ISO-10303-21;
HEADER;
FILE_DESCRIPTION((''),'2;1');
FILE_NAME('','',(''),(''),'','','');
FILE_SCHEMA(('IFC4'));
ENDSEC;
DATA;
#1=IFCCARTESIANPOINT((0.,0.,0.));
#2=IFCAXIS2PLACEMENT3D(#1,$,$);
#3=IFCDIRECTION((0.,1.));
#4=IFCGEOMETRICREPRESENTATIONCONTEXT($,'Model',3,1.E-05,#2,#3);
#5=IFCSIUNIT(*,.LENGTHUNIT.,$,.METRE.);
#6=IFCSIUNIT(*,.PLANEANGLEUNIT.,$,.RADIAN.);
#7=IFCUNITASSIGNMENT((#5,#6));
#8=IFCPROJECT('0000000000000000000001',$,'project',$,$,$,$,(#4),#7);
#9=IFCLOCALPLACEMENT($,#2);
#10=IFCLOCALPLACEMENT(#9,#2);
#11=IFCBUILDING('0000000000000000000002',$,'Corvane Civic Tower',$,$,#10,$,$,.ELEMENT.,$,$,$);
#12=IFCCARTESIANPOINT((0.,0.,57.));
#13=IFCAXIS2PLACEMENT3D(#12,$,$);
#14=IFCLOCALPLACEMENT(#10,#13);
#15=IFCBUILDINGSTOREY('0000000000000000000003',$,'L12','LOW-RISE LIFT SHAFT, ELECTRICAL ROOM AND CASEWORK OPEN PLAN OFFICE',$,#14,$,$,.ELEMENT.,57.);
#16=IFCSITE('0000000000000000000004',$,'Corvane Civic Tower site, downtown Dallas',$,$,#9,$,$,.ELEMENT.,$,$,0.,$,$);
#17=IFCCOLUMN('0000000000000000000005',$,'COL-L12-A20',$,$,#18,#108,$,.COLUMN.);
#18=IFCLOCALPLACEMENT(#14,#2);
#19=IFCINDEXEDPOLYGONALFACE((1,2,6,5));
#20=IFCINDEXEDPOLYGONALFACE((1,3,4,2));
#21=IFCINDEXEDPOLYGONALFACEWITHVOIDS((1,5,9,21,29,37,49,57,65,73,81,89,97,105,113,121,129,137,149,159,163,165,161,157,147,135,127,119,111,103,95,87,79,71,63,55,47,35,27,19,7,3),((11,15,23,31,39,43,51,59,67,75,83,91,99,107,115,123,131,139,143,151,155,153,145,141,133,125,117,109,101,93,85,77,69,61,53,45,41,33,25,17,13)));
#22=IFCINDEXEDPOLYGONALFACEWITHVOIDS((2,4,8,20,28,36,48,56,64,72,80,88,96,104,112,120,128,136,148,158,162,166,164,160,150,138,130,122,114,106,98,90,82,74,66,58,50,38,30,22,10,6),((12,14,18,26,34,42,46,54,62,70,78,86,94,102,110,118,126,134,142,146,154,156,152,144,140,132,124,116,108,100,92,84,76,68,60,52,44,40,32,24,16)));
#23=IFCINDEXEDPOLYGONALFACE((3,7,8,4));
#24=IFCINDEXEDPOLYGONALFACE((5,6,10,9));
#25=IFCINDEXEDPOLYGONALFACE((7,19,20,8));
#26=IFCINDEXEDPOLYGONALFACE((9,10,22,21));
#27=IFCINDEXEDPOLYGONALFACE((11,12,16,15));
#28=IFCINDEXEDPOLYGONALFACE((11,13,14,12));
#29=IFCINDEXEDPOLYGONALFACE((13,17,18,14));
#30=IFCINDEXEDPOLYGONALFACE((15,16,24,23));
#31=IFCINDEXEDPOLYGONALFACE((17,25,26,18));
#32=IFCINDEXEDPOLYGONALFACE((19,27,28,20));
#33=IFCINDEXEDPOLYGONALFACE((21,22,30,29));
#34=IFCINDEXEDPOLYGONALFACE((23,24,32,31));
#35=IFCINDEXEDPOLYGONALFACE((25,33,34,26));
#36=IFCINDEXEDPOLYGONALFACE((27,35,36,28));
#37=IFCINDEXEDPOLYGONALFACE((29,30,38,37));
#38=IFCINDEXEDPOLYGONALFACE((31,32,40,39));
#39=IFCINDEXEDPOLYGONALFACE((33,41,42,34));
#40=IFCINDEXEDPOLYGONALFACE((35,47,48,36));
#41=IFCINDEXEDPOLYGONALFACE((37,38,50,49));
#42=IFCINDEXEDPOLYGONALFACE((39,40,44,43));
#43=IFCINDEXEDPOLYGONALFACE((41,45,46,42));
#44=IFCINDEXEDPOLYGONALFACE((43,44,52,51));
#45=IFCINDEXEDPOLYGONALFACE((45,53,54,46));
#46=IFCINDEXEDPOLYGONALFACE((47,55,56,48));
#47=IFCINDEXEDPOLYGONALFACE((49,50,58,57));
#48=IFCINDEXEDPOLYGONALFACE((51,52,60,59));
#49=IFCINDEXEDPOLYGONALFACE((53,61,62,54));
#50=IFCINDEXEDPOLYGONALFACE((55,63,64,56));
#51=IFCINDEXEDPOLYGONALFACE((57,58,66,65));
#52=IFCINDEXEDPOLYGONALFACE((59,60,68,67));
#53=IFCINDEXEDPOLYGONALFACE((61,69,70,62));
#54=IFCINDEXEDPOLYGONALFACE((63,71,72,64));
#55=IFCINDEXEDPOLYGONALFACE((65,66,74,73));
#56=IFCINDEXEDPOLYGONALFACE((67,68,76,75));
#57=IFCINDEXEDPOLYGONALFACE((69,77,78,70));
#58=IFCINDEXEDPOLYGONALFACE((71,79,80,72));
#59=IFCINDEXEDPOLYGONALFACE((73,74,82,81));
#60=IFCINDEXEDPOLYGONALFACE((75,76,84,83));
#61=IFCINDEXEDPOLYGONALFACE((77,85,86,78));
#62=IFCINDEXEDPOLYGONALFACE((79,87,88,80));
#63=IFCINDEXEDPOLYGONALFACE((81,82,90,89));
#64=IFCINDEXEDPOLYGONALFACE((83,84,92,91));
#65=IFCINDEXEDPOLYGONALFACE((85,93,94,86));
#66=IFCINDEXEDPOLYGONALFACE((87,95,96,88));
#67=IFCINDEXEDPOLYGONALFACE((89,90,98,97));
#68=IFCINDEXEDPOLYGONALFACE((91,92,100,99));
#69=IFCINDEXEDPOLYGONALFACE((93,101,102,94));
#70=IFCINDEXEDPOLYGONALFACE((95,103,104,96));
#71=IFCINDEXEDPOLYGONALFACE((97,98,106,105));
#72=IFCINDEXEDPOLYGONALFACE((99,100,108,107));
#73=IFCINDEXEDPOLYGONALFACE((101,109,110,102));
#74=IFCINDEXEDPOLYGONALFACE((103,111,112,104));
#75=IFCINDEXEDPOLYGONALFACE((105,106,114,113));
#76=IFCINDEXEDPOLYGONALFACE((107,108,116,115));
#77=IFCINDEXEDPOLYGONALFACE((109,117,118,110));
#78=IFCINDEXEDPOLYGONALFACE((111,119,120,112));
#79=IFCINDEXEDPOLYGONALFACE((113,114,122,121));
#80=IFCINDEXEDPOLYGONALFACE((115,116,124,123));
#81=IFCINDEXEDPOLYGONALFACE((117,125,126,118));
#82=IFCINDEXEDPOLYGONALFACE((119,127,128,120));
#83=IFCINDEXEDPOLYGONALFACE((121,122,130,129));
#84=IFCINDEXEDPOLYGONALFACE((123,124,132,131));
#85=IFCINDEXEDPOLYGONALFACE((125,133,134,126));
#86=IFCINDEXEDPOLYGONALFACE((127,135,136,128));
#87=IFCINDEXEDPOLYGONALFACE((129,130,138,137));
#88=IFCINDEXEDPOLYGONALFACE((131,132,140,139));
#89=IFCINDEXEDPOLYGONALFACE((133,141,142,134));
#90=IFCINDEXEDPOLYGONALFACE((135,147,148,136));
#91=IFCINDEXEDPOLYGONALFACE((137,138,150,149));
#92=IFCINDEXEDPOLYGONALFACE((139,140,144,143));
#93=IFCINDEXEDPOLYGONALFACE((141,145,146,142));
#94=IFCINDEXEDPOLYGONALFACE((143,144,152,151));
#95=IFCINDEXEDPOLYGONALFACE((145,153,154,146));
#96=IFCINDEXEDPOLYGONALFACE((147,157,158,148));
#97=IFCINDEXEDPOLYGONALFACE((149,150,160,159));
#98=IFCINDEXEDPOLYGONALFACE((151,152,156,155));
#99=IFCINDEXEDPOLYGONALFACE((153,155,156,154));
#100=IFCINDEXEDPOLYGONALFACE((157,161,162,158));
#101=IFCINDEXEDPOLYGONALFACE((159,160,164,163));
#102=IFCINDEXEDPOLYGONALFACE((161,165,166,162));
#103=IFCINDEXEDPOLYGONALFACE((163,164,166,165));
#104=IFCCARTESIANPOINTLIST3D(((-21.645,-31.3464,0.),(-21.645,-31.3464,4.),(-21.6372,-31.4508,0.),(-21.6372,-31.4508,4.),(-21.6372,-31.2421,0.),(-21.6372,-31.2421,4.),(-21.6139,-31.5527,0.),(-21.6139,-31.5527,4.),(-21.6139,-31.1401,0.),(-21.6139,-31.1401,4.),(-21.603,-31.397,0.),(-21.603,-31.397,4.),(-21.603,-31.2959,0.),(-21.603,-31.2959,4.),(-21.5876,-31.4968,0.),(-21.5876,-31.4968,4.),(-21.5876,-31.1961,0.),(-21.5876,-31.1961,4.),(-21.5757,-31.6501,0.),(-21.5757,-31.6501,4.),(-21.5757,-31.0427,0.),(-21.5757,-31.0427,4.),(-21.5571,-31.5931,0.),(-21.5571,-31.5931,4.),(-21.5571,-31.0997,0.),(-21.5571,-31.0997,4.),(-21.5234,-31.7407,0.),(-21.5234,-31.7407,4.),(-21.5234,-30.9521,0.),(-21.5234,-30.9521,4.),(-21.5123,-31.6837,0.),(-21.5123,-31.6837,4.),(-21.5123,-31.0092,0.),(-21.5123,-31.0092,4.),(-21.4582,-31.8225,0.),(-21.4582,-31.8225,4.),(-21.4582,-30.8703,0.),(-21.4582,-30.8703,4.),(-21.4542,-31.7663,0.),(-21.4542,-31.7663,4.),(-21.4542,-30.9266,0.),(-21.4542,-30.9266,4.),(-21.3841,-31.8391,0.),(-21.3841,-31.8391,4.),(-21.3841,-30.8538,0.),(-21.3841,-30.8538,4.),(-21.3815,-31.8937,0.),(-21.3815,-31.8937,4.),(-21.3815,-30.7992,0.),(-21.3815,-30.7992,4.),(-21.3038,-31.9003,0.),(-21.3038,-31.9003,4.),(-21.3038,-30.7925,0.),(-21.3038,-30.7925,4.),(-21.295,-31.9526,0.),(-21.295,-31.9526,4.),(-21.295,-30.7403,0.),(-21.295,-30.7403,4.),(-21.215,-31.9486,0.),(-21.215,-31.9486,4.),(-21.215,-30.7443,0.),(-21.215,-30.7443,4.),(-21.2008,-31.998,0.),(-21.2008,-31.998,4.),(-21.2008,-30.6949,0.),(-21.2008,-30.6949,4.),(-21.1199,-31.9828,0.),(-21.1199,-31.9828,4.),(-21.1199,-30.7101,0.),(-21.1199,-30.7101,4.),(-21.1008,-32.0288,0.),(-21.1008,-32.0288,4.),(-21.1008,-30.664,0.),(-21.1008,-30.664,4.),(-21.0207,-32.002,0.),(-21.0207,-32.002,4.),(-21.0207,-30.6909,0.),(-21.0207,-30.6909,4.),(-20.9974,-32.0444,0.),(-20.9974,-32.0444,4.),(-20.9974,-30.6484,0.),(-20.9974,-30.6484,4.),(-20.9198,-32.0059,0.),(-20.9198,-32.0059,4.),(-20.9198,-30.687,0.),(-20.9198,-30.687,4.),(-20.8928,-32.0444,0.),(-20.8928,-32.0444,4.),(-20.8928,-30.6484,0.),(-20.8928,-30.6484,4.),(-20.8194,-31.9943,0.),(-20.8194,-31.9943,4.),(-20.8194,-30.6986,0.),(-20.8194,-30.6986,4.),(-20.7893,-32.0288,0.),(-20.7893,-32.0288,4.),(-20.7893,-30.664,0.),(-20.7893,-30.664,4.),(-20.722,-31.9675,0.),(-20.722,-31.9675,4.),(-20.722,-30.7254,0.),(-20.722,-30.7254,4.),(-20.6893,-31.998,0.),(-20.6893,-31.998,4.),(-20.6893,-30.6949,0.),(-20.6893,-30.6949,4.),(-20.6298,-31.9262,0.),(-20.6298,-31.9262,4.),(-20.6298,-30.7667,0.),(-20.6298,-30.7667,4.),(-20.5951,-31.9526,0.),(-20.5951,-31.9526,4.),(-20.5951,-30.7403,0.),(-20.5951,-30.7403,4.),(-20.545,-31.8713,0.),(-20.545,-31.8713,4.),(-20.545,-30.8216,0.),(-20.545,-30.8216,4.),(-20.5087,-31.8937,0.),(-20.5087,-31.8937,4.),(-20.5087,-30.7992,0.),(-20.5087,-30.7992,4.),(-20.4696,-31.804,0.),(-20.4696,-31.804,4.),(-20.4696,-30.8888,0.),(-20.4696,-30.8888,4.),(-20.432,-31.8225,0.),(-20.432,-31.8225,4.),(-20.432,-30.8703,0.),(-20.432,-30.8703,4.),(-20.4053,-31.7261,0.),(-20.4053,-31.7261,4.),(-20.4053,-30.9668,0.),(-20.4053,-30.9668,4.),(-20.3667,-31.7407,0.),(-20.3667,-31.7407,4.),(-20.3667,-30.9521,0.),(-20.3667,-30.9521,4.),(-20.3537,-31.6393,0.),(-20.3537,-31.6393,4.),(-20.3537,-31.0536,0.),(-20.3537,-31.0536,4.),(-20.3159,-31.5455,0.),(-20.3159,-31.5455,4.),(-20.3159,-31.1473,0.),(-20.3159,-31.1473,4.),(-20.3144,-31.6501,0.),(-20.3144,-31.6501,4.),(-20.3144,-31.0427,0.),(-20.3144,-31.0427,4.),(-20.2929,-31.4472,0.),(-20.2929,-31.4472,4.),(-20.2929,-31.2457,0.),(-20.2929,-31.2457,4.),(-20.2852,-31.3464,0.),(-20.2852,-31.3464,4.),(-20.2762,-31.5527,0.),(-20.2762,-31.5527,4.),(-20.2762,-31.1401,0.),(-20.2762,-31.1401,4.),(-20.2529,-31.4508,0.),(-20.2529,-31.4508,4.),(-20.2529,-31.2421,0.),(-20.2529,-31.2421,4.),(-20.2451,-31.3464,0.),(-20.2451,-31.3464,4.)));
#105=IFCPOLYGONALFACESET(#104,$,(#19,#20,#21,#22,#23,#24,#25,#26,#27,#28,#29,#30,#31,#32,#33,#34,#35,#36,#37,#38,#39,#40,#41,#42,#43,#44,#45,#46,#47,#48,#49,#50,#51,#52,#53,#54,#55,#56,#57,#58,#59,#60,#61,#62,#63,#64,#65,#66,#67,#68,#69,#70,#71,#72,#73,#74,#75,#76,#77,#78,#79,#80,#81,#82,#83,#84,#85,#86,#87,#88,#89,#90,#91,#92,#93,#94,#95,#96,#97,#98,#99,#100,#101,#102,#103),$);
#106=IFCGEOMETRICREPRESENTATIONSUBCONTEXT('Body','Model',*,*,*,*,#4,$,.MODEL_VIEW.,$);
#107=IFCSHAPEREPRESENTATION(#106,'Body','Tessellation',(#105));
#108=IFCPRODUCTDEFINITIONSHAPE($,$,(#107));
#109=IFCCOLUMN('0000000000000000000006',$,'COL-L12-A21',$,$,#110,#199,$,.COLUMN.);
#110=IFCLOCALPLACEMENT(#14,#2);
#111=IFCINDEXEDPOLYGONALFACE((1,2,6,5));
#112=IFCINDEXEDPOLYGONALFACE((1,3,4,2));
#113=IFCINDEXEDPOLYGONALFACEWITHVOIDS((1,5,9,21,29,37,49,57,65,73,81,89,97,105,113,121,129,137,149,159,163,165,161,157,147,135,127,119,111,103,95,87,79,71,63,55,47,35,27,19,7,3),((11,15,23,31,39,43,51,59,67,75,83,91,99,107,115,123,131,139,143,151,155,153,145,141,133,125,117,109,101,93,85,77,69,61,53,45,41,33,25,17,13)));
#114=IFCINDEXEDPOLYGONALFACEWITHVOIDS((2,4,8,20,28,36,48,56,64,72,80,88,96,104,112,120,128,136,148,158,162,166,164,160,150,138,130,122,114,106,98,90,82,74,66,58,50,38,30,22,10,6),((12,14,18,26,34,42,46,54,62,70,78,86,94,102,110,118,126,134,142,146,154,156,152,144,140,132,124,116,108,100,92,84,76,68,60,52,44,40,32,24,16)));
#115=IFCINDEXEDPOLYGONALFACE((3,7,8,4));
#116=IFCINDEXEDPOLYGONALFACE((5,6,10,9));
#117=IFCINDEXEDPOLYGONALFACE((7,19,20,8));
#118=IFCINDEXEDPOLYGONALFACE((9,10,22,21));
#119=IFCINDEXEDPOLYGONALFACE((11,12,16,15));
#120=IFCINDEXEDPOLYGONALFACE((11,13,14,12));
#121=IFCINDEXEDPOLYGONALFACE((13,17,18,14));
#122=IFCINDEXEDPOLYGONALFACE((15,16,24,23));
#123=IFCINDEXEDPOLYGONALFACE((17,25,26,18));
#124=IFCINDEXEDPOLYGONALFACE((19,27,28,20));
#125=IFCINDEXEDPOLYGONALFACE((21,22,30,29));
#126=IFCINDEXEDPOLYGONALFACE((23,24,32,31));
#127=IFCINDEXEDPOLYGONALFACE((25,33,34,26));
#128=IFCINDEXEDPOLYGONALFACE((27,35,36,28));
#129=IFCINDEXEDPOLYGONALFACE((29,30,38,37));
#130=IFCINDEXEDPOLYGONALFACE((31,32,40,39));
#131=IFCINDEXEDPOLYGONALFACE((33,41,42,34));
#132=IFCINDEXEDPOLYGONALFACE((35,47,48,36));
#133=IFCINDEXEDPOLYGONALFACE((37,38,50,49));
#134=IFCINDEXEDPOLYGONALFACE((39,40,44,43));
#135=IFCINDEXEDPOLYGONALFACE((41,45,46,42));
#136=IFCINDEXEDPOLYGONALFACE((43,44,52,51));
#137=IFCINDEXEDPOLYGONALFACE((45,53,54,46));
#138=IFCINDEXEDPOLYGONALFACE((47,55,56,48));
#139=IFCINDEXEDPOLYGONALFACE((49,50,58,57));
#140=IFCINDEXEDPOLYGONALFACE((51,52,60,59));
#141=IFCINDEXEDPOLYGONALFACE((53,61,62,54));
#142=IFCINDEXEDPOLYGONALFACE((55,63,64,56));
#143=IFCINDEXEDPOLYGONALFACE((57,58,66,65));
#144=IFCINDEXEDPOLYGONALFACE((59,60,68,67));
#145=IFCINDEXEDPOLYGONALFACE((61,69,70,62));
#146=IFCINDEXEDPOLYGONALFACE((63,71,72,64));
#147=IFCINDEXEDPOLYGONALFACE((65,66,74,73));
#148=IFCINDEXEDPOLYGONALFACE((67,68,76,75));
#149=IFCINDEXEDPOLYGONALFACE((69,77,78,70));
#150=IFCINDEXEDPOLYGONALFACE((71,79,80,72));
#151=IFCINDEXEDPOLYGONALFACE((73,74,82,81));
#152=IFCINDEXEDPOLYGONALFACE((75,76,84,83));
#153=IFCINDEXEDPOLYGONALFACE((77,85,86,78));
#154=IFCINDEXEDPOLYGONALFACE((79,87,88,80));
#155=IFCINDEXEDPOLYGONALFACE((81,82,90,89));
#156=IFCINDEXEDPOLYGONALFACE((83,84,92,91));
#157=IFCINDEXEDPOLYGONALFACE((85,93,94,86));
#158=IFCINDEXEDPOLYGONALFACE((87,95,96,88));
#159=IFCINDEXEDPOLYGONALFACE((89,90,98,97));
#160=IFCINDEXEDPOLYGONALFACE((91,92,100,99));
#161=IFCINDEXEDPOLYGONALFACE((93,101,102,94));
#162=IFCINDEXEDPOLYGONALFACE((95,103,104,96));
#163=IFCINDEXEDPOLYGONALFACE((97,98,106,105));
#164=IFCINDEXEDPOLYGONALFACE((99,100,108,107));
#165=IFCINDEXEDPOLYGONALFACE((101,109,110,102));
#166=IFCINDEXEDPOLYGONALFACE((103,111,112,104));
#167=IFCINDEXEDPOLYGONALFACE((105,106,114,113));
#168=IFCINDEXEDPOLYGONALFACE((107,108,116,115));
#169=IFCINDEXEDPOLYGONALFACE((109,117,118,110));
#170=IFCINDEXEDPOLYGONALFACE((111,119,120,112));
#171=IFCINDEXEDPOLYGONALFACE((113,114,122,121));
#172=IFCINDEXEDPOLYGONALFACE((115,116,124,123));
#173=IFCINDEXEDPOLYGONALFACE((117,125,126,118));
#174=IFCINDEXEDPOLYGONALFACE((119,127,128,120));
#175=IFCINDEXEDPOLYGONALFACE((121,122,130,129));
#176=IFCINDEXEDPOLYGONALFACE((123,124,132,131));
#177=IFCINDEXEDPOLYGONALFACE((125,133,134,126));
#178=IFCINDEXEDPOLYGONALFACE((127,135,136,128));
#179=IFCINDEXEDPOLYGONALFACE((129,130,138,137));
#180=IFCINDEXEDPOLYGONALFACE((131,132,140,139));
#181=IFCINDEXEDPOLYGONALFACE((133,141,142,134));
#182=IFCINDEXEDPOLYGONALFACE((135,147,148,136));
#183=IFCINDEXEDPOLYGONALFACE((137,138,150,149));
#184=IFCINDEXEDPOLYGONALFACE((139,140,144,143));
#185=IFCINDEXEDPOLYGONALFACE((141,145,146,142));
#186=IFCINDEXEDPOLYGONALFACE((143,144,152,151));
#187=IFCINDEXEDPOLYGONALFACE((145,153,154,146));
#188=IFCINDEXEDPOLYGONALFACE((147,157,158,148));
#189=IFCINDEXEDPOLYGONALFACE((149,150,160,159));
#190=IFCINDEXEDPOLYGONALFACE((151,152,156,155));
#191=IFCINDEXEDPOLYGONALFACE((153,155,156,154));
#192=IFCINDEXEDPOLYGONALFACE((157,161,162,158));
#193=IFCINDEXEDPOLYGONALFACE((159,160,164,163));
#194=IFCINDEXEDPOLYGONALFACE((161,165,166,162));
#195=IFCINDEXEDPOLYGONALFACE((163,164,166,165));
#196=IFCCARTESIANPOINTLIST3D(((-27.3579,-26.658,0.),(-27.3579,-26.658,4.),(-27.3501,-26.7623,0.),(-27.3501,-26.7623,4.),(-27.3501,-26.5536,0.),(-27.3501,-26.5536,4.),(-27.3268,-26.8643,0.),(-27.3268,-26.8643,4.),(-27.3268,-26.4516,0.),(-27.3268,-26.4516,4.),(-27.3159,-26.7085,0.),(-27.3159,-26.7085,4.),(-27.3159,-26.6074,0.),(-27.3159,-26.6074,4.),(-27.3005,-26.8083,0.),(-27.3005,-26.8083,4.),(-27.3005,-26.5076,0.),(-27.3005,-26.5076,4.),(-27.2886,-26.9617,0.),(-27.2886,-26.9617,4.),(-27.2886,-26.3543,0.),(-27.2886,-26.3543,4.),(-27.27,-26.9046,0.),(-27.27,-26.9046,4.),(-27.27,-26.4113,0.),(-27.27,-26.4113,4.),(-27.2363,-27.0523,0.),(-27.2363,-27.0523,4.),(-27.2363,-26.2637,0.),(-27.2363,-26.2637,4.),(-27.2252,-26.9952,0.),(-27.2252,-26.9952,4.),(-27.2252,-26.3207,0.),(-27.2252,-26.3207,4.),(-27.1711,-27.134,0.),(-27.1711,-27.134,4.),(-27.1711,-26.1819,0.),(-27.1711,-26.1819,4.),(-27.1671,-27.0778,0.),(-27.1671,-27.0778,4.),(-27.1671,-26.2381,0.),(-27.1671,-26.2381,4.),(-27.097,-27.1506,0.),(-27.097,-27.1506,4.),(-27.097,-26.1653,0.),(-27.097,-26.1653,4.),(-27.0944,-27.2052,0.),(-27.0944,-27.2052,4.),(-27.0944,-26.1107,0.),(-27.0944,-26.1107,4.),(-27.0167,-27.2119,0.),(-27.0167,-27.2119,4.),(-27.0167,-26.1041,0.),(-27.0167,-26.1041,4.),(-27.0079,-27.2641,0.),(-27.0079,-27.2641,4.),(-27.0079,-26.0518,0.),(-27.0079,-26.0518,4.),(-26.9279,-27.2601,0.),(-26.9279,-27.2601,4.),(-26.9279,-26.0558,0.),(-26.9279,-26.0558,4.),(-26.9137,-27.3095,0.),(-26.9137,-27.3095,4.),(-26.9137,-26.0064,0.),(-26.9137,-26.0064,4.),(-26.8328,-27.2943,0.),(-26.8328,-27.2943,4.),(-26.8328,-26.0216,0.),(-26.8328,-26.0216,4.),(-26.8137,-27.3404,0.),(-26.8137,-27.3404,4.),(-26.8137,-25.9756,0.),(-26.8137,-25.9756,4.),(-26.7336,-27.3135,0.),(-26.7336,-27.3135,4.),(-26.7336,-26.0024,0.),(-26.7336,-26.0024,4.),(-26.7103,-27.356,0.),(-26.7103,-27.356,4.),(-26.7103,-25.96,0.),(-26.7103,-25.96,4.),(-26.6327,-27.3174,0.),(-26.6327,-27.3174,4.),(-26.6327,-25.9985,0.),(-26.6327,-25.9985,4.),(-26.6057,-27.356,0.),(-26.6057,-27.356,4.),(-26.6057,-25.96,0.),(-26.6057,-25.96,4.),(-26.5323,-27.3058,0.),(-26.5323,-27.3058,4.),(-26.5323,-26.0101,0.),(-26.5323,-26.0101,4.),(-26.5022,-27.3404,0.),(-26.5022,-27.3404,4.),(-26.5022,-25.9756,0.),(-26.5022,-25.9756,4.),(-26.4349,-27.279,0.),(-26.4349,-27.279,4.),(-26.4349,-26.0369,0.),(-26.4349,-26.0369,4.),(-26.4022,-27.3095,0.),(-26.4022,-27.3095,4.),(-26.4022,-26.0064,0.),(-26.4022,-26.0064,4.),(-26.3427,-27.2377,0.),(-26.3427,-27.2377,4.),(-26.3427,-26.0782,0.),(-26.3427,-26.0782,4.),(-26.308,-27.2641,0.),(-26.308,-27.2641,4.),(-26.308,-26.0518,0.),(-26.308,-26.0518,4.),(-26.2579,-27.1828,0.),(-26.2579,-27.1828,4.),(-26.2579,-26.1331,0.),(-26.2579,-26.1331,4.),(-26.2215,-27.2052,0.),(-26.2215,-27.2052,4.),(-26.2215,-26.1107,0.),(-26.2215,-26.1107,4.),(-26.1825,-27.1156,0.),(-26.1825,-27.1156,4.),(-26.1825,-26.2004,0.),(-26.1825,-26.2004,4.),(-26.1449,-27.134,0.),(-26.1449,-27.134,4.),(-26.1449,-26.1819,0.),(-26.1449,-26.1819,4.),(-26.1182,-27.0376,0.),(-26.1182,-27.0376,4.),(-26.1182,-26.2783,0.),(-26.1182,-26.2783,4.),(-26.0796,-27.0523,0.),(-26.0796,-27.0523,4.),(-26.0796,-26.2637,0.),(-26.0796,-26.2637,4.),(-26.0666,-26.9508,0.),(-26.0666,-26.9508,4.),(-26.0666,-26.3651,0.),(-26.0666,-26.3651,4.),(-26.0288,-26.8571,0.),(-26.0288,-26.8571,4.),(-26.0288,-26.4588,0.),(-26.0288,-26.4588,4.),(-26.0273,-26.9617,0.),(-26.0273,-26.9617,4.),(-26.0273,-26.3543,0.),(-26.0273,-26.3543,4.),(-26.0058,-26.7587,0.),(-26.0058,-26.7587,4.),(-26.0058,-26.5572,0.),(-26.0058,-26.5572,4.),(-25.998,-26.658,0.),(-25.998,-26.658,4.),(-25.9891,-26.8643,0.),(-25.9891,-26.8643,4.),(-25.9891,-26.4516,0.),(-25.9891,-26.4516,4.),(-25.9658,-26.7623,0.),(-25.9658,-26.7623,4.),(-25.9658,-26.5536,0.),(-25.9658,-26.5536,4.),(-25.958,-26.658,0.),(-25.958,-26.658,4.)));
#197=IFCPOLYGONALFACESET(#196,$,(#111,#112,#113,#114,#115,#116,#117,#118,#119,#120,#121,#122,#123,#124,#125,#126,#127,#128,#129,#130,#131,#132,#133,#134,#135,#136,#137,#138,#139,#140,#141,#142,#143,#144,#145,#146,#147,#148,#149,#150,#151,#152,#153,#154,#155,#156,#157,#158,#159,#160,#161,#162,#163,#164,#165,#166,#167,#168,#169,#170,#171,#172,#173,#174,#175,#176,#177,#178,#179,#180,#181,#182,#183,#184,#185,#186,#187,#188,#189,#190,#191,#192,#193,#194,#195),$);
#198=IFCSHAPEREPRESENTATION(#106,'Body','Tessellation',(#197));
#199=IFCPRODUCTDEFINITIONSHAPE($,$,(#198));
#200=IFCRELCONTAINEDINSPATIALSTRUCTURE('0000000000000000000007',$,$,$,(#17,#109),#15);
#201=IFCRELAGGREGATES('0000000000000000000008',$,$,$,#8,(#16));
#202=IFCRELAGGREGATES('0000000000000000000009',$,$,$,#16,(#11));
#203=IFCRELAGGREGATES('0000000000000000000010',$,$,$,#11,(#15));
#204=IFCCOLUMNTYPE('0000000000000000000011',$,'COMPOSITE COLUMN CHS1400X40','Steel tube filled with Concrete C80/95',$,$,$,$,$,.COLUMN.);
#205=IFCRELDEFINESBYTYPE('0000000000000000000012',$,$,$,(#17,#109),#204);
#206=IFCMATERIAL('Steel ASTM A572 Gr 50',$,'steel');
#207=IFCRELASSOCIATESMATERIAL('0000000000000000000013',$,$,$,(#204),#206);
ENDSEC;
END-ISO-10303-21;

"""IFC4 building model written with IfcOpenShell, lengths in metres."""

from ifc_helpers import new_model, si_unit, direction, frame, origin, origin_2d, place, context, subcontext, project, spatial, hollow_circle, extrude, material, material_profile, profile_set, type_object, element, save


model = new_model("IFC4")

# Units and contexts
model_context = context("Model", 3, precision=1e-05, world=origin(), true_north=direction((0.0, 1.0)))
body_context = subcontext(model_context, "Body", "Model", "MODEL_VIEW")
ifc_project = project(units=[si_unit("LENGTHUNIT", "METRE"), si_unit("PLANEANGLEUNIT", "RADIAN")], contexts=[model_context])

# Site, building, storey
site_placement = place(None, origin())
site = spatial("IfcSite", under=ifc_project, at=site_placement, Name="Corvane Civic Tower site, downtown Dallas", CompositionType="ELEMENT", RefElevation=0.0)
building_placement = place(site_placement, origin())
building = spatial("IfcBuilding", under=site, at=building_placement, Name="Corvane Civic Tower", CompositionType="ELEMENT")
storey_placement = place(building_placement, frame((0.0, 0.0, 57.0)))
storey = spatial("IfcBuildingStorey", under=building, at=storey_placement, Name="L12", Description="LOW-RISE LIFT SHAFT, ELECTRICAL ROOM AND CASEWORK OPEN PLAN OFFICE", CompositionType="ELEMENT", Elevation=57.0)

# Columns
ifc_material_1 = material(Name="Steel ASTM A572 Gr 50", Category="steel")
ifc_material_profile_1 = material_profile(ifc_material_1, hollow_circle(Radius=0.7, WallThickness=0.04, at=origin_2d()), Name="CHS1400X40")
ifc_profile_set_1 = profile_set([ifc_material_profile_1], Name="Steel ASTM A572 Gr 50")
column_type = type_object("IfcColumnType", Name="COMPOSITE COLUMN CHS1400X40", Description="Steel tube filled with Concrete C80/95", PredefinedType="COLUMN", material=ifc_profile_set_1)
for number, where, z_axis, x_axis, name in (
    (1, (-20.9451, -31.3464, 0.0), (0.0, 0.0, 1.0), (1.0, 0.0, 0.0), "COL-L12-A20"),
    (2, (-26.658, -26.658, 0.0), (0.0, 0.0, 1.0), (1.0, 0.0, 0.0), "COL-L12-A21"),
):
    element("IfcColumn", number, at=place(storey_placement, frame(where, z_axis=z_axis, x_axis=x_axis)), inside=storey, type_object=column_type, Name=name, PredefinedType="COLUMN", context=body_context, shape_type="SweptSolid", body=[
        extrude(hollow_circle(Radius=0.7, WallThickness=0.04, at=origin_2d()), origin(), (0.0, 0.0, 1.0), 4.0),
    ])

save(model, "model.ifc")
